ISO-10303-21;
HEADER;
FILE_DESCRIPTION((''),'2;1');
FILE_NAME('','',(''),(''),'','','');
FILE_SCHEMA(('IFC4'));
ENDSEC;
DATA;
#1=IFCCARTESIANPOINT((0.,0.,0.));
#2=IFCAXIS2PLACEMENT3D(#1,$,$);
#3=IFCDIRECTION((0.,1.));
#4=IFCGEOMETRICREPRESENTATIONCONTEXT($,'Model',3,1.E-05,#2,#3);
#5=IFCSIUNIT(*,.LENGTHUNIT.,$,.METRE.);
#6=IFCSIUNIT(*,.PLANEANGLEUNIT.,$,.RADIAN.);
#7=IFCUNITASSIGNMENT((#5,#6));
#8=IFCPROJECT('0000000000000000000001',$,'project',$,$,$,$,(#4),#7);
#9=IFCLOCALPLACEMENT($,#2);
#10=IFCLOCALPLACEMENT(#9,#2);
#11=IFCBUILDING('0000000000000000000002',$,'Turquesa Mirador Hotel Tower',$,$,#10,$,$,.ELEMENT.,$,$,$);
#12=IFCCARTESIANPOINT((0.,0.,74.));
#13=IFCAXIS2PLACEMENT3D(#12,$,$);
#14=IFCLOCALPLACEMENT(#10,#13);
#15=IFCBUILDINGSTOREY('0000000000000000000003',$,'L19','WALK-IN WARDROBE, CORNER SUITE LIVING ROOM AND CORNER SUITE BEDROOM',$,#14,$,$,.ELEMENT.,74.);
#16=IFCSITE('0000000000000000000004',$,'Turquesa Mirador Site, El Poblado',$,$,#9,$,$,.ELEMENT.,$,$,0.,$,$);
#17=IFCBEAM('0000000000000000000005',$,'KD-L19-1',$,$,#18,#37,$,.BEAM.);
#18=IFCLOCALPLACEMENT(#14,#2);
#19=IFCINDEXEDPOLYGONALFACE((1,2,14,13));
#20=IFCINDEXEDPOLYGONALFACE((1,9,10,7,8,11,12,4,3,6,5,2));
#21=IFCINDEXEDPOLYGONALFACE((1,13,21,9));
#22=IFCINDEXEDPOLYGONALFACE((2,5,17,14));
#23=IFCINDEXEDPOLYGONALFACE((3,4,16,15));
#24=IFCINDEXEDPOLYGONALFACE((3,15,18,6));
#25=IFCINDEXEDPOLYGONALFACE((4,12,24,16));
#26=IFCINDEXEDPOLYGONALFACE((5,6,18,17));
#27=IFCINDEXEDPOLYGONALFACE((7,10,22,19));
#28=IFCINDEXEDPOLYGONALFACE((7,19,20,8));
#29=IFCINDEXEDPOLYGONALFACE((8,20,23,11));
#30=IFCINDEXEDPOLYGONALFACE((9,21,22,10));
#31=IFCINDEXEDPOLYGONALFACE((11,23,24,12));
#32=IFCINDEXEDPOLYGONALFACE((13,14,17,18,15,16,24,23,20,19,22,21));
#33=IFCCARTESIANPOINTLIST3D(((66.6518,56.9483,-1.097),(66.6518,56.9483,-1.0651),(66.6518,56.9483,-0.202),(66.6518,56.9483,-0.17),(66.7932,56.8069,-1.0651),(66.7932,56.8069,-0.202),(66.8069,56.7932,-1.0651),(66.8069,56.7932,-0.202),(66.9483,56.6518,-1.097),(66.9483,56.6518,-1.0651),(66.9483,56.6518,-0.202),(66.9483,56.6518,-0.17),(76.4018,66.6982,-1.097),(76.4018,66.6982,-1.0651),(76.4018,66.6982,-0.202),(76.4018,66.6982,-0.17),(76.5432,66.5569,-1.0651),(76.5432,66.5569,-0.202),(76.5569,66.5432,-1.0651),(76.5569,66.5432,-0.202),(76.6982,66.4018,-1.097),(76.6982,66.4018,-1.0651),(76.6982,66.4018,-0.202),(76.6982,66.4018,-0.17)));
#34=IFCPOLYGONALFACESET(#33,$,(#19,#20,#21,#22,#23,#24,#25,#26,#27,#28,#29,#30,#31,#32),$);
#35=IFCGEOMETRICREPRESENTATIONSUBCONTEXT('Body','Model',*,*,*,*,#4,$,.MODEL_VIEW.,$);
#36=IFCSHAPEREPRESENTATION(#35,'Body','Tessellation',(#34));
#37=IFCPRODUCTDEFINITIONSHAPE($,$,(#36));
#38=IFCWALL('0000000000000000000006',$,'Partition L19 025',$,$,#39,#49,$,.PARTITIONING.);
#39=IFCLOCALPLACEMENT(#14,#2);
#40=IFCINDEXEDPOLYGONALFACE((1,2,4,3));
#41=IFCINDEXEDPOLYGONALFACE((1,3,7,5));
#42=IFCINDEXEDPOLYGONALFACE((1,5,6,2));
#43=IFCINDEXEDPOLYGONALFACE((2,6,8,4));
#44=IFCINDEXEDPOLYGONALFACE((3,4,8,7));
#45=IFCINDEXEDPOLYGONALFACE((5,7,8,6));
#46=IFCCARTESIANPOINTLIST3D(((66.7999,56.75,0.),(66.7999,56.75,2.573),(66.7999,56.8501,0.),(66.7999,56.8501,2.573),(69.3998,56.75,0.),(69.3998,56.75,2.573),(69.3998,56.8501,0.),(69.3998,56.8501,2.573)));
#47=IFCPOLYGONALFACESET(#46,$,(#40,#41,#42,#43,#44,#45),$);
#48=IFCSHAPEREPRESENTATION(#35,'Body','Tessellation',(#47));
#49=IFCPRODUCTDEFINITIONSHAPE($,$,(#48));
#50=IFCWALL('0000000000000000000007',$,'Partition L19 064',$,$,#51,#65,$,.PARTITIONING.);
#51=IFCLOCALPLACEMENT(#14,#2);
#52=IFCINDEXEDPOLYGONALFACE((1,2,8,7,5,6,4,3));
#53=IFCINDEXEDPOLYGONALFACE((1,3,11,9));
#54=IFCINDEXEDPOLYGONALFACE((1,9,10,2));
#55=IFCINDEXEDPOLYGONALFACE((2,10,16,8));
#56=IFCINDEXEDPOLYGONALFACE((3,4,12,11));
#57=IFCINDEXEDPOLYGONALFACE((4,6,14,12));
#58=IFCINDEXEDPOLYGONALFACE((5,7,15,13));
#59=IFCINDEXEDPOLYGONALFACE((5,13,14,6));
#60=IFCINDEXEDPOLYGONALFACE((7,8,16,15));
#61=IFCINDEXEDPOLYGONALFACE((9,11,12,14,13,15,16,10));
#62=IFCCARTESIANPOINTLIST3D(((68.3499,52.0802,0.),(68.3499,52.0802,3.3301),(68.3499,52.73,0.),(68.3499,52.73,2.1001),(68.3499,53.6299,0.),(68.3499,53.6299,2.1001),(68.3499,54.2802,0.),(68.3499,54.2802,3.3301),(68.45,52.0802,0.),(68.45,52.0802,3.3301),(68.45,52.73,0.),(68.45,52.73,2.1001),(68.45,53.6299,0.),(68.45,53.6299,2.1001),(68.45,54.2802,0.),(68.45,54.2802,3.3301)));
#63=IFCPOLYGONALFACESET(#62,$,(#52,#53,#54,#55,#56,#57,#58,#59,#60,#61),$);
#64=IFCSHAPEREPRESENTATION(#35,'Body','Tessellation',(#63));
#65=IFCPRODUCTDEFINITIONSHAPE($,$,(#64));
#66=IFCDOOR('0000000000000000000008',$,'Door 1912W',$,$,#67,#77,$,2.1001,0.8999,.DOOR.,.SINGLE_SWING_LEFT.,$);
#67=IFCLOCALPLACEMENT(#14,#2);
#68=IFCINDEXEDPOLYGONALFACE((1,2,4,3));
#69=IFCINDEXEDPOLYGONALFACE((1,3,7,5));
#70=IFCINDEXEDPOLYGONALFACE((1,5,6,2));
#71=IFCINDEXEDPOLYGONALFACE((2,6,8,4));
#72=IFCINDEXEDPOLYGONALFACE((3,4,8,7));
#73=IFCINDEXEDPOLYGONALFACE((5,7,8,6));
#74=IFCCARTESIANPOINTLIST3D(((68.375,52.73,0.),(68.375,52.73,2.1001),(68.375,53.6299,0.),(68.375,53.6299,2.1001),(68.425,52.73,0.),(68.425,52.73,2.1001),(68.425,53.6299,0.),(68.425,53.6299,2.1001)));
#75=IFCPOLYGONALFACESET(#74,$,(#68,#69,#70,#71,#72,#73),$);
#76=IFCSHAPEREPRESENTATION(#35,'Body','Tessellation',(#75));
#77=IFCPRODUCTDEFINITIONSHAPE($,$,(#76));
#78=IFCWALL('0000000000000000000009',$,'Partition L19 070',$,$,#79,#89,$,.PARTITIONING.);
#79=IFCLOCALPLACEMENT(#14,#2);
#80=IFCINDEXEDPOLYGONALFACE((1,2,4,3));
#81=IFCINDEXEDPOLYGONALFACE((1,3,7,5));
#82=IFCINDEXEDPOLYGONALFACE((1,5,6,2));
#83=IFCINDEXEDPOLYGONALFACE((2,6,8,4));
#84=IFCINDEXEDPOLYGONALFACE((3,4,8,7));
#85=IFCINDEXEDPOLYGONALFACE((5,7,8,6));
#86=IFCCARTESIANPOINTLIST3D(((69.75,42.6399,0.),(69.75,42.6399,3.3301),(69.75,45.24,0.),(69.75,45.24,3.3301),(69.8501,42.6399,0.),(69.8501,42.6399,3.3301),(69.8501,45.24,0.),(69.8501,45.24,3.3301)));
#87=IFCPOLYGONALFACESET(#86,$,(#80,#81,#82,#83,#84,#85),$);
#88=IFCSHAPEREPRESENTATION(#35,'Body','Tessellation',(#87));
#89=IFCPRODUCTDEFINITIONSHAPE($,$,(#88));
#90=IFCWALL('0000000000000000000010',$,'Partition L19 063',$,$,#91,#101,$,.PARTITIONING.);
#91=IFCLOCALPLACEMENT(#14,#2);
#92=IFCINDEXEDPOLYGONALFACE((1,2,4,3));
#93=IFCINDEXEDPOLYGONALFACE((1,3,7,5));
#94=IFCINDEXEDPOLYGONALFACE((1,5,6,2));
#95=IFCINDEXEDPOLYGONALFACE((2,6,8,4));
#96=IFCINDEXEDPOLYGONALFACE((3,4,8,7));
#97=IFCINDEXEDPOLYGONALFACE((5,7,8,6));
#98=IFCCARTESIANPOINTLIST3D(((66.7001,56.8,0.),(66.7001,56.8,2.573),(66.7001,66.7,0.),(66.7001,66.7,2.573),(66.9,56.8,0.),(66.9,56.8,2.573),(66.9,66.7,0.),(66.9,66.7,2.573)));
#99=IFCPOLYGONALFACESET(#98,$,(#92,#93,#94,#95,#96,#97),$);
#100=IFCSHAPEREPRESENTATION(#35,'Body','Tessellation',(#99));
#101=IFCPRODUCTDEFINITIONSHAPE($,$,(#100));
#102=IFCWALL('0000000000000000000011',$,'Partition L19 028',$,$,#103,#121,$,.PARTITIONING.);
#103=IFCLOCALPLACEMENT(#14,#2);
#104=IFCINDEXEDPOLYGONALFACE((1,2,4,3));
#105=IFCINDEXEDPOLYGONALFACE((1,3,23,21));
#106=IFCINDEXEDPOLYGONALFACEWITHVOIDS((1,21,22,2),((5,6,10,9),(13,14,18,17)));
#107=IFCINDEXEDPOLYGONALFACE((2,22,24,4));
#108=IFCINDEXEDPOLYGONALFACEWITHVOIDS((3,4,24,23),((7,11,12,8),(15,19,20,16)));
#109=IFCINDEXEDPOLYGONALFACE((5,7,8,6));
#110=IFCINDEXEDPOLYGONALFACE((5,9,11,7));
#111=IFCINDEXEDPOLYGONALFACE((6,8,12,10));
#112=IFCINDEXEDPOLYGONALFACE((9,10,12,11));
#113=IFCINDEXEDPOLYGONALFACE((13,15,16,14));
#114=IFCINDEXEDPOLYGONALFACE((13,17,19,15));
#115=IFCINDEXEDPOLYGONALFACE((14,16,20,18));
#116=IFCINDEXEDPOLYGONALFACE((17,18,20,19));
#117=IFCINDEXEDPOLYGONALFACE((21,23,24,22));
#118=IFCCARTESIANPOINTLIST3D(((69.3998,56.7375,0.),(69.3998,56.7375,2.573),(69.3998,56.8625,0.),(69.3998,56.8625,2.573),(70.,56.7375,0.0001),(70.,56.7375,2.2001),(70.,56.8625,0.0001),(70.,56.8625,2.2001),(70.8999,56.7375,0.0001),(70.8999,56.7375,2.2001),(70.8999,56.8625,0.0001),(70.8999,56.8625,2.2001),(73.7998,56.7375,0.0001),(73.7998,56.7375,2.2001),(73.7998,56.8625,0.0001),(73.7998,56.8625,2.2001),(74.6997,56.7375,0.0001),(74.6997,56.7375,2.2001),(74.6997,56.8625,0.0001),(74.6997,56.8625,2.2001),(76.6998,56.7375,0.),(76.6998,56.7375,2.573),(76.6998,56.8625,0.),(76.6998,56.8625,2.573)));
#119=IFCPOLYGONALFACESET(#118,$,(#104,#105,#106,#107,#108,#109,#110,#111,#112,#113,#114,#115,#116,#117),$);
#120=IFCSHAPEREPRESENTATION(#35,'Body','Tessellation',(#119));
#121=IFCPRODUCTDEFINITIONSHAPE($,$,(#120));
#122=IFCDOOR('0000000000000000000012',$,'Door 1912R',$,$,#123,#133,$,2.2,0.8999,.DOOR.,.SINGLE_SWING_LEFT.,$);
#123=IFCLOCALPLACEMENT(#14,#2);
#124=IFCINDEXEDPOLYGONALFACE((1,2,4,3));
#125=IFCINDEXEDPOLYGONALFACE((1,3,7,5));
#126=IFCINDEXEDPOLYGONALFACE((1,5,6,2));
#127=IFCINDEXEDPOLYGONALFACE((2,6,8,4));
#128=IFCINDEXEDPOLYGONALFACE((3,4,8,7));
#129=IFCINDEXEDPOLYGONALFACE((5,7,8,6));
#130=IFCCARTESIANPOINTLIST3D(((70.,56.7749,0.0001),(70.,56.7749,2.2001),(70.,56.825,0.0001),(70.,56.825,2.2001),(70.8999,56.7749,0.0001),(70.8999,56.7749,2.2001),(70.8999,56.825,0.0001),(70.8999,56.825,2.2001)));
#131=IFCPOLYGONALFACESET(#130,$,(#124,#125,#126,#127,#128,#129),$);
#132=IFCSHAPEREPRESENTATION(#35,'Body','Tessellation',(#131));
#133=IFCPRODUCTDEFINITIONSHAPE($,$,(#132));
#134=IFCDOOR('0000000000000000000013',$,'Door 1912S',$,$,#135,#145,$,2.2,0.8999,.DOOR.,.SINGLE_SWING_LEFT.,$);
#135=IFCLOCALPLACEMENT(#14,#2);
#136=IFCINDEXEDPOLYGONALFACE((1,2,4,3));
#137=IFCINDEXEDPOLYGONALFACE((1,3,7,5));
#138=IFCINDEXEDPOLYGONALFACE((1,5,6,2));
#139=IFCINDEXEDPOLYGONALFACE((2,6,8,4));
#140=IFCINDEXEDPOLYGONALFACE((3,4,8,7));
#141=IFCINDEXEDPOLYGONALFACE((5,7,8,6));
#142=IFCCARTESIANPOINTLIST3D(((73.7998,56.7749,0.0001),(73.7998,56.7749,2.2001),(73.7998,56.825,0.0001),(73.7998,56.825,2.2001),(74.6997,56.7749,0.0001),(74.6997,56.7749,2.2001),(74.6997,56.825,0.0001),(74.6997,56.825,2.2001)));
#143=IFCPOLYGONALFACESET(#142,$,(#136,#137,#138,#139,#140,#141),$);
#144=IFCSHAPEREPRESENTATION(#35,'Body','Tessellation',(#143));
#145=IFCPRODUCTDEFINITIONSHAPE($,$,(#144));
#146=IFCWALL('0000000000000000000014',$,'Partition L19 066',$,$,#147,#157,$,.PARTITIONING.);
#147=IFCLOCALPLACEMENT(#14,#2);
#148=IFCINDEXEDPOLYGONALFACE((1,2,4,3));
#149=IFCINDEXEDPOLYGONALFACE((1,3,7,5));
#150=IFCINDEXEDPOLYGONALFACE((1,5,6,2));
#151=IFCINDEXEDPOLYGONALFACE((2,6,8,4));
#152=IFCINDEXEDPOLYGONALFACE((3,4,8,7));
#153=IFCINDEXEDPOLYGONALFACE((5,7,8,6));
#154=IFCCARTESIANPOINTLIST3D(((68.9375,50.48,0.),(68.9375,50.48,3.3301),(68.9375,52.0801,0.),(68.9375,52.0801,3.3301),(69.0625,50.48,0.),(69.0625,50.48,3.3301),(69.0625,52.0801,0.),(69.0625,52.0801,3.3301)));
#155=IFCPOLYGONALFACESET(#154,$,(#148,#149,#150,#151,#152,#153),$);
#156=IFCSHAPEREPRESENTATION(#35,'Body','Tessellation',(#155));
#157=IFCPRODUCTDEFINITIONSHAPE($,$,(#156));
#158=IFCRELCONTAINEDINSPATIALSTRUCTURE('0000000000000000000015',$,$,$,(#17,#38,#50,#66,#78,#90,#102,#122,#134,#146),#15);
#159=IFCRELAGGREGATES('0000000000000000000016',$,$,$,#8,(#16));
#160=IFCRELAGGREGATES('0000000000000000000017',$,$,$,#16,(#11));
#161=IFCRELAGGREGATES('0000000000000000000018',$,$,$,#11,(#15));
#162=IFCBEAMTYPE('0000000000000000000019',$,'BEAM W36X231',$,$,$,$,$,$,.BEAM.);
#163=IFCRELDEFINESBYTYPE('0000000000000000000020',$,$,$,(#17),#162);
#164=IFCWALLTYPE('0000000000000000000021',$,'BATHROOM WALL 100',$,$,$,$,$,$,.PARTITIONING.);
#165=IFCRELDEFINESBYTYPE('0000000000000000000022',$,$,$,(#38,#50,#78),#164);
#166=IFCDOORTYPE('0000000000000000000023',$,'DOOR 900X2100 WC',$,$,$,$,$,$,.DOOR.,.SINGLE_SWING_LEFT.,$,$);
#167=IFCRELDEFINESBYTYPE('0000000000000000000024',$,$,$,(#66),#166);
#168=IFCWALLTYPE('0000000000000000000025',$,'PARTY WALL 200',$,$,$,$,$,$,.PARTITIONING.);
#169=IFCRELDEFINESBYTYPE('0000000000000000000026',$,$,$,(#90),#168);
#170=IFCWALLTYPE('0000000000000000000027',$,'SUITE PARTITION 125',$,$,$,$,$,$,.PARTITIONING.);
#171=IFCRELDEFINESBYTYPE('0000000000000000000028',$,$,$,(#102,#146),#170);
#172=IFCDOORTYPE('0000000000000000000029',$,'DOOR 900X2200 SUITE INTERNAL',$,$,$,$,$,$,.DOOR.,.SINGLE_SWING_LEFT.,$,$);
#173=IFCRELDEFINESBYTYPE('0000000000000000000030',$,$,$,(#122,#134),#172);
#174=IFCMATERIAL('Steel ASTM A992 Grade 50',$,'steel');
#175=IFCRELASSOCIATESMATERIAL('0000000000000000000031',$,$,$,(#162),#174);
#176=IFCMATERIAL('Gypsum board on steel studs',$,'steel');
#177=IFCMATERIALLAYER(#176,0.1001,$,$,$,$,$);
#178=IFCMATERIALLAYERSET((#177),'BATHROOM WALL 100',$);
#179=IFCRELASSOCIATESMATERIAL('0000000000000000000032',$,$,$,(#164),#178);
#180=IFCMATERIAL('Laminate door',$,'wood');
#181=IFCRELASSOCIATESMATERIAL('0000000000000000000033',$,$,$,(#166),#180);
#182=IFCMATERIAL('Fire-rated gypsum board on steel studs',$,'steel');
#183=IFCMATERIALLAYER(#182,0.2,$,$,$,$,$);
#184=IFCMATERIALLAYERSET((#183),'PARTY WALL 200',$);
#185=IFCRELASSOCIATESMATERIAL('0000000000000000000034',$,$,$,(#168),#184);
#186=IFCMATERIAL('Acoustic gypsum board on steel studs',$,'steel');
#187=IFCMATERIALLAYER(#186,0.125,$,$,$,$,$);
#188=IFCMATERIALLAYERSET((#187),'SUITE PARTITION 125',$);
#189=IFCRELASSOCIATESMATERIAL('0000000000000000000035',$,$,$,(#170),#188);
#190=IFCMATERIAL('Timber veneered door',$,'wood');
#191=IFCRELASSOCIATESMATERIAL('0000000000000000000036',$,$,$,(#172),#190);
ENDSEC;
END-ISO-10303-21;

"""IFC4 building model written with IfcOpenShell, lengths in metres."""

from ifc_helpers import new_model, si_unit, direction, frame, frame_2d, origin, origin_2d, place, context, subcontext, project, spatial, rectangle, i_section, extrude, material, layer, layer_set, material_profile, profile_set, type_object, element, fill, save


model = new_model("IFC4")

# Units and contexts
model_context = context("Model", 3, precision=1e-05, world=origin(), true_north=direction((0.0, 1.0)))
body_context = subcontext(model_context, "Body", "Model", "MODEL_VIEW")
ifc_project = project(units=[si_unit("LENGTHUNIT", "METRE"), si_unit("PLANEANGLEUNIT", "RADIAN")], contexts=[model_context])

# Site, building, storey
site_placement = place(None, origin())
site = spatial("IfcSite", under=ifc_project, at=site_placement, Name="Turquesa Mirador Site, El Poblado", CompositionType="ELEMENT", RefElevation=0.0)
building_placement = place(site_placement, origin())
building = spatial("IfcBuilding", under=site, at=building_placement, Name="Turquesa Mirador Hotel Tower", CompositionType="ELEMENT")
storey_placement = place(building_placement, frame((0.0, 0.0, 74.0)))
storey = spatial("IfcBuildingStorey", under=building, at=storey_placement, Name="L19", Description="WALK-IN WARDROBE, CORNER SUITE LIVING ROOM AND CORNER SUITE BEDROOM", CompositionType="ELEMENT", Elevation=74.0)

# Beam
ifc_material_1 = material(Name="Steel ASTM A992 Grade 50", Category="steel")
ifc_material_profile_1 = material_profile(ifc_material_1, i_section(OverallWidth=0.4192, OverallDepth=0.927, WebThickness=0.0193, FlangeThickness=0.032, at=origin_2d()), Name="W36X231")
ifc_profile_set_1 = profile_set([ifc_material_profile_1], Name="Steel ASTM A992 Grade 50")
beam_type_1 = type_object("IfcBeamType", Name="BEAM W36X231", PredefinedType="BEAM", material=ifc_profile_set_1)
beam_1_placement = place(storey_placement, frame((66.8, 56.8, -0.6335), z_axis=(0.707107, 0.707107, 0.0), x_axis=(-0.707107, 0.707107, 0.0)))
element("IfcBeam", 1, at=beam_1_placement, inside=storey, type_object=beam_type_1, Name="KD-L19-1", PredefinedType="BEAM", context=body_context, shape_type="SweptSolid", body=[
    extrude(i_section(OverallWidth=0.4192, OverallDepth=0.927, WebThickness=0.0193, FlangeThickness=0.032, at=origin_2d()), origin(), (0.0, 0.0, 1.0), 13.7886),
])

# Wall
ifc_material_2 = material(Name="Gypsum board on steel studs", Category="steel")
ifc_layer_1 = layer(ifc_material_2, 0.1001)
ifc_layer_set_1 = layer_set([ifc_layer_1], Name="BATHROOM WALL 100")
wall_type_1 = type_object("IfcWallType", Name="BATHROOM WALL 100", PredefinedType="PARTITIONING", material=ifc_layer_set_1)
wall_1_placement = place(storey_placement, frame((66.8, 56.8, 0.0), z_axis=(0.0, 0.0, 1.0), x_axis=(1.0, 0.0, 0.0)))
element("IfcWall", 2, at=wall_1_placement, inside=storey, type_object=wall_type_1, Name="Partition L19 025", PredefinedType="PARTITIONING", context=body_context, shape_type="SweptSolid", body=[
    extrude(rectangle(XDim=2.5999, YDim=0.1001, at=frame_2d((1.2998, 0.0))), origin(), (0.0, 0.0, 1.0), 2.573),
])

# Wall, opening, door
wall_2_placement = place(storey_placement, frame((68.3999, 52.0801, 0.0), z_axis=(0.0, 0.0, 1.0), x_axis=(0.0, 1.0, 0.0)))
wall_2 = element("IfcWall", 3, at=wall_2_placement, inside=storey, type_object=wall_type_1, Name="Partition L19 064", PredefinedType="PARTITIONING", context=body_context, shape_type="SweptSolid", body=[
    extrude(rectangle(XDim=2.2, YDim=0.1001, at=frame_2d((1.1001, 0.0))), origin(), (0.0, 0.0, 1.0), 3.3301),
])
opening_1_placement = place(wall_2_placement, frame((0.6499, 0.0, 0.0)))
opening_1 = element("IfcOpeningElement", 4, at=opening_1_placement, cuts=wall_2, PredefinedType="OPENING", context=body_context, shape_type="SweptSolid", body=[
    extrude(rectangle(XDim=0.8999, YDim=2.1001, at=frame_2d((0.45, 1.05))), frame((0.0, 0.0601, 0.0), z_axis=(0.0, -1.0, 0.0), x_axis=(1.0, 0.0, 0.0)), (0.0, 0.0, 1.0), 0.1201),
])
ifc_material_3 = material(Name="Laminate door", Category="wood")
door_type_1 = type_object("IfcDoorType", Name="DOOR 900X2100 WC", OperationType="SINGLE_SWING_LEFT", PredefinedType="DOOR", material=ifc_material_3)
door_1_placement = place(opening_1_placement, origin())
door_1 = element("IfcDoor", 5, at=door_1_placement, inside=storey, type_object=door_type_1, Name="Door 1912W", OperationType="SINGLE_SWING_LEFT", OverallHeight=2.1001, OverallWidth=0.8999, PredefinedType="DOOR", context=body_context, shape_type="SweptSolid", body=[
    extrude(rectangle(XDim=0.8999, YDim=2.1001, at=frame_2d((0.45, 1.05))), frame((0.0, 0.0249, 0.0), z_axis=(0.0, -1.0, 0.0), x_axis=(1.0, 0.0, 0.0)), (0.0, 0.0, 1.0), 0.05),
])
fill(opening_1, door_1)

# Walls
wall_3_placement = place(storey_placement, frame((69.8, 42.6399, 0.0), z_axis=(0.0, 0.0, 1.0), x_axis=(0.0, 1.0, 0.0)))
element("IfcWall", 6, at=wall_3_placement, inside=storey, type_object=wall_type_1, Name="Partition L19 070", PredefinedType="PARTITIONING", context=body_context, shape_type="SweptSolid", body=[
    extrude(rectangle(XDim=2.6001, YDim=0.1001, at=frame_2d((1.3, 0.0))), origin(), (0.0, 0.0, 1.0), 3.3301),
])
ifc_material_4 = material(Name="Fire-rated gypsum board on steel studs", Category="steel")
ifc_layer_2 = layer(ifc_material_4, 0.2)
ifc_layer_set_2 = layer_set([ifc_layer_2], Name="PARTY WALL 200")
wall_type_2 = type_object("IfcWallType", Name="PARTY WALL 200", PredefinedType="PARTITIONING", material=ifc_layer_set_2)
wall_4_placement = place(storey_placement, frame((66.8, 56.8, 0.0), z_axis=(0.0, 0.0, 1.0), x_axis=(0.0, 1.0, 0.0)))
element("IfcWall", 7, at=wall_4_placement, inside=storey, type_object=wall_type_2, Name="Partition L19 063", PredefinedType="PARTITIONING", context=body_context, shape_type="SweptSolid", body=[
    extrude(rectangle(XDim=9.8999, YDim=0.2, at=frame_2d((4.95, 0.0))), origin(), (0.0, 0.0, 1.0), 2.573),
])

# Wall, openings, doors
ifc_material_5 = material(Name="Acoustic gypsum board on steel studs", Category="steel")
ifc_layer_3 = layer(ifc_material_5, 0.125)
ifc_layer_set_3 = layer_set([ifc_layer_3], Name="SUITE PARTITION 125")
wall_type_3 = type_object("IfcWallType", Name="SUITE PARTITION 125", PredefinedType="PARTITIONING", material=ifc_layer_set_3)
wall_5_placement = place(storey_placement, frame((69.3999, 56.8, 0.0), z_axis=(0.0, 0.0, 1.0), x_axis=(1.0, 0.0, 0.0)))
wall_5 = element("IfcWall", 8, at=wall_5_placement, inside=storey, type_object=wall_type_3, Name="Partition L19 028", PredefinedType="PARTITIONING", context=body_context, shape_type="SweptSolid", body=[
    extrude(rectangle(XDim=7.3, YDim=0.125, at=frame_2d((3.6499, 0.0))), origin(), (0.0, 0.0, 1.0), 2.573),
])
opening_2_placement = place(wall_5_placement, frame((0.6001, 0.0, 0.0)))
opening_2 = element("IfcOpeningElement", 9, at=opening_2_placement, cuts=wall_5, PredefinedType="OPENING", context=body_context, shape_type="SweptSolid", body=[
    extrude(rectangle(XDim=0.8999, YDim=2.2, at=frame_2d((0.45, 1.1001))), frame((0.0, 0.0725, 0.0), z_axis=(0.0, -1.0, 0.0), x_axis=(1.0, 0.0, 0.0)), (0.0, 0.0, 1.0), 0.145),
])
opening_3_placement = place(wall_5_placement, frame((4.3999, 0.0, 0.0)))
opening_3 = element("IfcOpeningElement", 10, at=opening_3_placement, cuts=wall_5, PredefinedType="OPENING", context=body_context, shape_type="SweptSolid", body=[
    extrude(rectangle(XDim=0.8999, YDim=2.2, at=frame_2d((0.45, 1.1001))), frame((0.0, 0.0725, 0.0), z_axis=(0.0, -1.0, 0.0), x_axis=(1.0, 0.0, 0.0)), (0.0, 0.0, 1.0), 0.145),
])
ifc_material_6 = material(Name="Timber veneered door", Category="wood")
door_type_2 = type_object("IfcDoorType", Name="DOOR 900X2200 SUITE INTERNAL", OperationType="SINGLE_SWING_LEFT", PredefinedType="DOOR", material=ifc_material_6)
door_2_placement = place(opening_2_placement, origin())
door_2 = element("IfcDoor", 11, at=door_2_placement, inside=storey, type_object=door_type_2, Name="Door 1912R", OperationType="SINGLE_SWING_LEFT", OverallHeight=2.2, OverallWidth=0.8999, PredefinedType="DOOR", context=body_context, shape_type="SweptSolid", body=[
    extrude(rectangle(XDim=0.8999, YDim=2.2, at=frame_2d((0.45, 1.1001))), frame((0.0, 0.0249, 0.0), z_axis=(0.0, -1.0, 0.0), x_axis=(1.0, 0.0, 0.0)), (0.0, 0.0, 1.0), 0.05),
])
fill(opening_2, door_2)
door_3_placement = place(opening_3_placement, origin())
door_3 = element("IfcDoor", 12, at=door_3_placement, inside=storey, type_object=door_type_2, Name="Door 1912S", OperationType="SINGLE_SWING_LEFT", OverallHeight=2.2, OverallWidth=0.8999, PredefinedType="DOOR", context=body_context, shape_type="SweptSolid", body=[
    extrude(rectangle(XDim=0.8999, YDim=2.2, at=frame_2d((0.45, 1.1001))), frame((0.0, 0.0249, 0.0), z_axis=(0.0, -1.0, 0.0), x_axis=(1.0, 0.0, 0.0)), (0.0, 0.0, 1.0), 0.05),
])
fill(opening_3, door_3)

# Wall
wall_6_placement = place(storey_placement, frame((69.0, 50.48, 0.0), z_axis=(0.0, 0.0, 1.0), x_axis=(0.0, 1.0, 0.0)))
element("IfcWall", 13, at=wall_6_placement, inside=storey, type_object=wall_type_3, Name="Partition L19 066", PredefinedType="PARTITIONING", context=body_context, shape_type="SweptSolid", body=[
    extrude(rectangle(XDim=1.6001, YDim=0.125, at=frame_2d((0.8, 0.0))), origin(), (0.0, 0.0, 1.0), 3.3301),
])

save(model, "model.ifc")
